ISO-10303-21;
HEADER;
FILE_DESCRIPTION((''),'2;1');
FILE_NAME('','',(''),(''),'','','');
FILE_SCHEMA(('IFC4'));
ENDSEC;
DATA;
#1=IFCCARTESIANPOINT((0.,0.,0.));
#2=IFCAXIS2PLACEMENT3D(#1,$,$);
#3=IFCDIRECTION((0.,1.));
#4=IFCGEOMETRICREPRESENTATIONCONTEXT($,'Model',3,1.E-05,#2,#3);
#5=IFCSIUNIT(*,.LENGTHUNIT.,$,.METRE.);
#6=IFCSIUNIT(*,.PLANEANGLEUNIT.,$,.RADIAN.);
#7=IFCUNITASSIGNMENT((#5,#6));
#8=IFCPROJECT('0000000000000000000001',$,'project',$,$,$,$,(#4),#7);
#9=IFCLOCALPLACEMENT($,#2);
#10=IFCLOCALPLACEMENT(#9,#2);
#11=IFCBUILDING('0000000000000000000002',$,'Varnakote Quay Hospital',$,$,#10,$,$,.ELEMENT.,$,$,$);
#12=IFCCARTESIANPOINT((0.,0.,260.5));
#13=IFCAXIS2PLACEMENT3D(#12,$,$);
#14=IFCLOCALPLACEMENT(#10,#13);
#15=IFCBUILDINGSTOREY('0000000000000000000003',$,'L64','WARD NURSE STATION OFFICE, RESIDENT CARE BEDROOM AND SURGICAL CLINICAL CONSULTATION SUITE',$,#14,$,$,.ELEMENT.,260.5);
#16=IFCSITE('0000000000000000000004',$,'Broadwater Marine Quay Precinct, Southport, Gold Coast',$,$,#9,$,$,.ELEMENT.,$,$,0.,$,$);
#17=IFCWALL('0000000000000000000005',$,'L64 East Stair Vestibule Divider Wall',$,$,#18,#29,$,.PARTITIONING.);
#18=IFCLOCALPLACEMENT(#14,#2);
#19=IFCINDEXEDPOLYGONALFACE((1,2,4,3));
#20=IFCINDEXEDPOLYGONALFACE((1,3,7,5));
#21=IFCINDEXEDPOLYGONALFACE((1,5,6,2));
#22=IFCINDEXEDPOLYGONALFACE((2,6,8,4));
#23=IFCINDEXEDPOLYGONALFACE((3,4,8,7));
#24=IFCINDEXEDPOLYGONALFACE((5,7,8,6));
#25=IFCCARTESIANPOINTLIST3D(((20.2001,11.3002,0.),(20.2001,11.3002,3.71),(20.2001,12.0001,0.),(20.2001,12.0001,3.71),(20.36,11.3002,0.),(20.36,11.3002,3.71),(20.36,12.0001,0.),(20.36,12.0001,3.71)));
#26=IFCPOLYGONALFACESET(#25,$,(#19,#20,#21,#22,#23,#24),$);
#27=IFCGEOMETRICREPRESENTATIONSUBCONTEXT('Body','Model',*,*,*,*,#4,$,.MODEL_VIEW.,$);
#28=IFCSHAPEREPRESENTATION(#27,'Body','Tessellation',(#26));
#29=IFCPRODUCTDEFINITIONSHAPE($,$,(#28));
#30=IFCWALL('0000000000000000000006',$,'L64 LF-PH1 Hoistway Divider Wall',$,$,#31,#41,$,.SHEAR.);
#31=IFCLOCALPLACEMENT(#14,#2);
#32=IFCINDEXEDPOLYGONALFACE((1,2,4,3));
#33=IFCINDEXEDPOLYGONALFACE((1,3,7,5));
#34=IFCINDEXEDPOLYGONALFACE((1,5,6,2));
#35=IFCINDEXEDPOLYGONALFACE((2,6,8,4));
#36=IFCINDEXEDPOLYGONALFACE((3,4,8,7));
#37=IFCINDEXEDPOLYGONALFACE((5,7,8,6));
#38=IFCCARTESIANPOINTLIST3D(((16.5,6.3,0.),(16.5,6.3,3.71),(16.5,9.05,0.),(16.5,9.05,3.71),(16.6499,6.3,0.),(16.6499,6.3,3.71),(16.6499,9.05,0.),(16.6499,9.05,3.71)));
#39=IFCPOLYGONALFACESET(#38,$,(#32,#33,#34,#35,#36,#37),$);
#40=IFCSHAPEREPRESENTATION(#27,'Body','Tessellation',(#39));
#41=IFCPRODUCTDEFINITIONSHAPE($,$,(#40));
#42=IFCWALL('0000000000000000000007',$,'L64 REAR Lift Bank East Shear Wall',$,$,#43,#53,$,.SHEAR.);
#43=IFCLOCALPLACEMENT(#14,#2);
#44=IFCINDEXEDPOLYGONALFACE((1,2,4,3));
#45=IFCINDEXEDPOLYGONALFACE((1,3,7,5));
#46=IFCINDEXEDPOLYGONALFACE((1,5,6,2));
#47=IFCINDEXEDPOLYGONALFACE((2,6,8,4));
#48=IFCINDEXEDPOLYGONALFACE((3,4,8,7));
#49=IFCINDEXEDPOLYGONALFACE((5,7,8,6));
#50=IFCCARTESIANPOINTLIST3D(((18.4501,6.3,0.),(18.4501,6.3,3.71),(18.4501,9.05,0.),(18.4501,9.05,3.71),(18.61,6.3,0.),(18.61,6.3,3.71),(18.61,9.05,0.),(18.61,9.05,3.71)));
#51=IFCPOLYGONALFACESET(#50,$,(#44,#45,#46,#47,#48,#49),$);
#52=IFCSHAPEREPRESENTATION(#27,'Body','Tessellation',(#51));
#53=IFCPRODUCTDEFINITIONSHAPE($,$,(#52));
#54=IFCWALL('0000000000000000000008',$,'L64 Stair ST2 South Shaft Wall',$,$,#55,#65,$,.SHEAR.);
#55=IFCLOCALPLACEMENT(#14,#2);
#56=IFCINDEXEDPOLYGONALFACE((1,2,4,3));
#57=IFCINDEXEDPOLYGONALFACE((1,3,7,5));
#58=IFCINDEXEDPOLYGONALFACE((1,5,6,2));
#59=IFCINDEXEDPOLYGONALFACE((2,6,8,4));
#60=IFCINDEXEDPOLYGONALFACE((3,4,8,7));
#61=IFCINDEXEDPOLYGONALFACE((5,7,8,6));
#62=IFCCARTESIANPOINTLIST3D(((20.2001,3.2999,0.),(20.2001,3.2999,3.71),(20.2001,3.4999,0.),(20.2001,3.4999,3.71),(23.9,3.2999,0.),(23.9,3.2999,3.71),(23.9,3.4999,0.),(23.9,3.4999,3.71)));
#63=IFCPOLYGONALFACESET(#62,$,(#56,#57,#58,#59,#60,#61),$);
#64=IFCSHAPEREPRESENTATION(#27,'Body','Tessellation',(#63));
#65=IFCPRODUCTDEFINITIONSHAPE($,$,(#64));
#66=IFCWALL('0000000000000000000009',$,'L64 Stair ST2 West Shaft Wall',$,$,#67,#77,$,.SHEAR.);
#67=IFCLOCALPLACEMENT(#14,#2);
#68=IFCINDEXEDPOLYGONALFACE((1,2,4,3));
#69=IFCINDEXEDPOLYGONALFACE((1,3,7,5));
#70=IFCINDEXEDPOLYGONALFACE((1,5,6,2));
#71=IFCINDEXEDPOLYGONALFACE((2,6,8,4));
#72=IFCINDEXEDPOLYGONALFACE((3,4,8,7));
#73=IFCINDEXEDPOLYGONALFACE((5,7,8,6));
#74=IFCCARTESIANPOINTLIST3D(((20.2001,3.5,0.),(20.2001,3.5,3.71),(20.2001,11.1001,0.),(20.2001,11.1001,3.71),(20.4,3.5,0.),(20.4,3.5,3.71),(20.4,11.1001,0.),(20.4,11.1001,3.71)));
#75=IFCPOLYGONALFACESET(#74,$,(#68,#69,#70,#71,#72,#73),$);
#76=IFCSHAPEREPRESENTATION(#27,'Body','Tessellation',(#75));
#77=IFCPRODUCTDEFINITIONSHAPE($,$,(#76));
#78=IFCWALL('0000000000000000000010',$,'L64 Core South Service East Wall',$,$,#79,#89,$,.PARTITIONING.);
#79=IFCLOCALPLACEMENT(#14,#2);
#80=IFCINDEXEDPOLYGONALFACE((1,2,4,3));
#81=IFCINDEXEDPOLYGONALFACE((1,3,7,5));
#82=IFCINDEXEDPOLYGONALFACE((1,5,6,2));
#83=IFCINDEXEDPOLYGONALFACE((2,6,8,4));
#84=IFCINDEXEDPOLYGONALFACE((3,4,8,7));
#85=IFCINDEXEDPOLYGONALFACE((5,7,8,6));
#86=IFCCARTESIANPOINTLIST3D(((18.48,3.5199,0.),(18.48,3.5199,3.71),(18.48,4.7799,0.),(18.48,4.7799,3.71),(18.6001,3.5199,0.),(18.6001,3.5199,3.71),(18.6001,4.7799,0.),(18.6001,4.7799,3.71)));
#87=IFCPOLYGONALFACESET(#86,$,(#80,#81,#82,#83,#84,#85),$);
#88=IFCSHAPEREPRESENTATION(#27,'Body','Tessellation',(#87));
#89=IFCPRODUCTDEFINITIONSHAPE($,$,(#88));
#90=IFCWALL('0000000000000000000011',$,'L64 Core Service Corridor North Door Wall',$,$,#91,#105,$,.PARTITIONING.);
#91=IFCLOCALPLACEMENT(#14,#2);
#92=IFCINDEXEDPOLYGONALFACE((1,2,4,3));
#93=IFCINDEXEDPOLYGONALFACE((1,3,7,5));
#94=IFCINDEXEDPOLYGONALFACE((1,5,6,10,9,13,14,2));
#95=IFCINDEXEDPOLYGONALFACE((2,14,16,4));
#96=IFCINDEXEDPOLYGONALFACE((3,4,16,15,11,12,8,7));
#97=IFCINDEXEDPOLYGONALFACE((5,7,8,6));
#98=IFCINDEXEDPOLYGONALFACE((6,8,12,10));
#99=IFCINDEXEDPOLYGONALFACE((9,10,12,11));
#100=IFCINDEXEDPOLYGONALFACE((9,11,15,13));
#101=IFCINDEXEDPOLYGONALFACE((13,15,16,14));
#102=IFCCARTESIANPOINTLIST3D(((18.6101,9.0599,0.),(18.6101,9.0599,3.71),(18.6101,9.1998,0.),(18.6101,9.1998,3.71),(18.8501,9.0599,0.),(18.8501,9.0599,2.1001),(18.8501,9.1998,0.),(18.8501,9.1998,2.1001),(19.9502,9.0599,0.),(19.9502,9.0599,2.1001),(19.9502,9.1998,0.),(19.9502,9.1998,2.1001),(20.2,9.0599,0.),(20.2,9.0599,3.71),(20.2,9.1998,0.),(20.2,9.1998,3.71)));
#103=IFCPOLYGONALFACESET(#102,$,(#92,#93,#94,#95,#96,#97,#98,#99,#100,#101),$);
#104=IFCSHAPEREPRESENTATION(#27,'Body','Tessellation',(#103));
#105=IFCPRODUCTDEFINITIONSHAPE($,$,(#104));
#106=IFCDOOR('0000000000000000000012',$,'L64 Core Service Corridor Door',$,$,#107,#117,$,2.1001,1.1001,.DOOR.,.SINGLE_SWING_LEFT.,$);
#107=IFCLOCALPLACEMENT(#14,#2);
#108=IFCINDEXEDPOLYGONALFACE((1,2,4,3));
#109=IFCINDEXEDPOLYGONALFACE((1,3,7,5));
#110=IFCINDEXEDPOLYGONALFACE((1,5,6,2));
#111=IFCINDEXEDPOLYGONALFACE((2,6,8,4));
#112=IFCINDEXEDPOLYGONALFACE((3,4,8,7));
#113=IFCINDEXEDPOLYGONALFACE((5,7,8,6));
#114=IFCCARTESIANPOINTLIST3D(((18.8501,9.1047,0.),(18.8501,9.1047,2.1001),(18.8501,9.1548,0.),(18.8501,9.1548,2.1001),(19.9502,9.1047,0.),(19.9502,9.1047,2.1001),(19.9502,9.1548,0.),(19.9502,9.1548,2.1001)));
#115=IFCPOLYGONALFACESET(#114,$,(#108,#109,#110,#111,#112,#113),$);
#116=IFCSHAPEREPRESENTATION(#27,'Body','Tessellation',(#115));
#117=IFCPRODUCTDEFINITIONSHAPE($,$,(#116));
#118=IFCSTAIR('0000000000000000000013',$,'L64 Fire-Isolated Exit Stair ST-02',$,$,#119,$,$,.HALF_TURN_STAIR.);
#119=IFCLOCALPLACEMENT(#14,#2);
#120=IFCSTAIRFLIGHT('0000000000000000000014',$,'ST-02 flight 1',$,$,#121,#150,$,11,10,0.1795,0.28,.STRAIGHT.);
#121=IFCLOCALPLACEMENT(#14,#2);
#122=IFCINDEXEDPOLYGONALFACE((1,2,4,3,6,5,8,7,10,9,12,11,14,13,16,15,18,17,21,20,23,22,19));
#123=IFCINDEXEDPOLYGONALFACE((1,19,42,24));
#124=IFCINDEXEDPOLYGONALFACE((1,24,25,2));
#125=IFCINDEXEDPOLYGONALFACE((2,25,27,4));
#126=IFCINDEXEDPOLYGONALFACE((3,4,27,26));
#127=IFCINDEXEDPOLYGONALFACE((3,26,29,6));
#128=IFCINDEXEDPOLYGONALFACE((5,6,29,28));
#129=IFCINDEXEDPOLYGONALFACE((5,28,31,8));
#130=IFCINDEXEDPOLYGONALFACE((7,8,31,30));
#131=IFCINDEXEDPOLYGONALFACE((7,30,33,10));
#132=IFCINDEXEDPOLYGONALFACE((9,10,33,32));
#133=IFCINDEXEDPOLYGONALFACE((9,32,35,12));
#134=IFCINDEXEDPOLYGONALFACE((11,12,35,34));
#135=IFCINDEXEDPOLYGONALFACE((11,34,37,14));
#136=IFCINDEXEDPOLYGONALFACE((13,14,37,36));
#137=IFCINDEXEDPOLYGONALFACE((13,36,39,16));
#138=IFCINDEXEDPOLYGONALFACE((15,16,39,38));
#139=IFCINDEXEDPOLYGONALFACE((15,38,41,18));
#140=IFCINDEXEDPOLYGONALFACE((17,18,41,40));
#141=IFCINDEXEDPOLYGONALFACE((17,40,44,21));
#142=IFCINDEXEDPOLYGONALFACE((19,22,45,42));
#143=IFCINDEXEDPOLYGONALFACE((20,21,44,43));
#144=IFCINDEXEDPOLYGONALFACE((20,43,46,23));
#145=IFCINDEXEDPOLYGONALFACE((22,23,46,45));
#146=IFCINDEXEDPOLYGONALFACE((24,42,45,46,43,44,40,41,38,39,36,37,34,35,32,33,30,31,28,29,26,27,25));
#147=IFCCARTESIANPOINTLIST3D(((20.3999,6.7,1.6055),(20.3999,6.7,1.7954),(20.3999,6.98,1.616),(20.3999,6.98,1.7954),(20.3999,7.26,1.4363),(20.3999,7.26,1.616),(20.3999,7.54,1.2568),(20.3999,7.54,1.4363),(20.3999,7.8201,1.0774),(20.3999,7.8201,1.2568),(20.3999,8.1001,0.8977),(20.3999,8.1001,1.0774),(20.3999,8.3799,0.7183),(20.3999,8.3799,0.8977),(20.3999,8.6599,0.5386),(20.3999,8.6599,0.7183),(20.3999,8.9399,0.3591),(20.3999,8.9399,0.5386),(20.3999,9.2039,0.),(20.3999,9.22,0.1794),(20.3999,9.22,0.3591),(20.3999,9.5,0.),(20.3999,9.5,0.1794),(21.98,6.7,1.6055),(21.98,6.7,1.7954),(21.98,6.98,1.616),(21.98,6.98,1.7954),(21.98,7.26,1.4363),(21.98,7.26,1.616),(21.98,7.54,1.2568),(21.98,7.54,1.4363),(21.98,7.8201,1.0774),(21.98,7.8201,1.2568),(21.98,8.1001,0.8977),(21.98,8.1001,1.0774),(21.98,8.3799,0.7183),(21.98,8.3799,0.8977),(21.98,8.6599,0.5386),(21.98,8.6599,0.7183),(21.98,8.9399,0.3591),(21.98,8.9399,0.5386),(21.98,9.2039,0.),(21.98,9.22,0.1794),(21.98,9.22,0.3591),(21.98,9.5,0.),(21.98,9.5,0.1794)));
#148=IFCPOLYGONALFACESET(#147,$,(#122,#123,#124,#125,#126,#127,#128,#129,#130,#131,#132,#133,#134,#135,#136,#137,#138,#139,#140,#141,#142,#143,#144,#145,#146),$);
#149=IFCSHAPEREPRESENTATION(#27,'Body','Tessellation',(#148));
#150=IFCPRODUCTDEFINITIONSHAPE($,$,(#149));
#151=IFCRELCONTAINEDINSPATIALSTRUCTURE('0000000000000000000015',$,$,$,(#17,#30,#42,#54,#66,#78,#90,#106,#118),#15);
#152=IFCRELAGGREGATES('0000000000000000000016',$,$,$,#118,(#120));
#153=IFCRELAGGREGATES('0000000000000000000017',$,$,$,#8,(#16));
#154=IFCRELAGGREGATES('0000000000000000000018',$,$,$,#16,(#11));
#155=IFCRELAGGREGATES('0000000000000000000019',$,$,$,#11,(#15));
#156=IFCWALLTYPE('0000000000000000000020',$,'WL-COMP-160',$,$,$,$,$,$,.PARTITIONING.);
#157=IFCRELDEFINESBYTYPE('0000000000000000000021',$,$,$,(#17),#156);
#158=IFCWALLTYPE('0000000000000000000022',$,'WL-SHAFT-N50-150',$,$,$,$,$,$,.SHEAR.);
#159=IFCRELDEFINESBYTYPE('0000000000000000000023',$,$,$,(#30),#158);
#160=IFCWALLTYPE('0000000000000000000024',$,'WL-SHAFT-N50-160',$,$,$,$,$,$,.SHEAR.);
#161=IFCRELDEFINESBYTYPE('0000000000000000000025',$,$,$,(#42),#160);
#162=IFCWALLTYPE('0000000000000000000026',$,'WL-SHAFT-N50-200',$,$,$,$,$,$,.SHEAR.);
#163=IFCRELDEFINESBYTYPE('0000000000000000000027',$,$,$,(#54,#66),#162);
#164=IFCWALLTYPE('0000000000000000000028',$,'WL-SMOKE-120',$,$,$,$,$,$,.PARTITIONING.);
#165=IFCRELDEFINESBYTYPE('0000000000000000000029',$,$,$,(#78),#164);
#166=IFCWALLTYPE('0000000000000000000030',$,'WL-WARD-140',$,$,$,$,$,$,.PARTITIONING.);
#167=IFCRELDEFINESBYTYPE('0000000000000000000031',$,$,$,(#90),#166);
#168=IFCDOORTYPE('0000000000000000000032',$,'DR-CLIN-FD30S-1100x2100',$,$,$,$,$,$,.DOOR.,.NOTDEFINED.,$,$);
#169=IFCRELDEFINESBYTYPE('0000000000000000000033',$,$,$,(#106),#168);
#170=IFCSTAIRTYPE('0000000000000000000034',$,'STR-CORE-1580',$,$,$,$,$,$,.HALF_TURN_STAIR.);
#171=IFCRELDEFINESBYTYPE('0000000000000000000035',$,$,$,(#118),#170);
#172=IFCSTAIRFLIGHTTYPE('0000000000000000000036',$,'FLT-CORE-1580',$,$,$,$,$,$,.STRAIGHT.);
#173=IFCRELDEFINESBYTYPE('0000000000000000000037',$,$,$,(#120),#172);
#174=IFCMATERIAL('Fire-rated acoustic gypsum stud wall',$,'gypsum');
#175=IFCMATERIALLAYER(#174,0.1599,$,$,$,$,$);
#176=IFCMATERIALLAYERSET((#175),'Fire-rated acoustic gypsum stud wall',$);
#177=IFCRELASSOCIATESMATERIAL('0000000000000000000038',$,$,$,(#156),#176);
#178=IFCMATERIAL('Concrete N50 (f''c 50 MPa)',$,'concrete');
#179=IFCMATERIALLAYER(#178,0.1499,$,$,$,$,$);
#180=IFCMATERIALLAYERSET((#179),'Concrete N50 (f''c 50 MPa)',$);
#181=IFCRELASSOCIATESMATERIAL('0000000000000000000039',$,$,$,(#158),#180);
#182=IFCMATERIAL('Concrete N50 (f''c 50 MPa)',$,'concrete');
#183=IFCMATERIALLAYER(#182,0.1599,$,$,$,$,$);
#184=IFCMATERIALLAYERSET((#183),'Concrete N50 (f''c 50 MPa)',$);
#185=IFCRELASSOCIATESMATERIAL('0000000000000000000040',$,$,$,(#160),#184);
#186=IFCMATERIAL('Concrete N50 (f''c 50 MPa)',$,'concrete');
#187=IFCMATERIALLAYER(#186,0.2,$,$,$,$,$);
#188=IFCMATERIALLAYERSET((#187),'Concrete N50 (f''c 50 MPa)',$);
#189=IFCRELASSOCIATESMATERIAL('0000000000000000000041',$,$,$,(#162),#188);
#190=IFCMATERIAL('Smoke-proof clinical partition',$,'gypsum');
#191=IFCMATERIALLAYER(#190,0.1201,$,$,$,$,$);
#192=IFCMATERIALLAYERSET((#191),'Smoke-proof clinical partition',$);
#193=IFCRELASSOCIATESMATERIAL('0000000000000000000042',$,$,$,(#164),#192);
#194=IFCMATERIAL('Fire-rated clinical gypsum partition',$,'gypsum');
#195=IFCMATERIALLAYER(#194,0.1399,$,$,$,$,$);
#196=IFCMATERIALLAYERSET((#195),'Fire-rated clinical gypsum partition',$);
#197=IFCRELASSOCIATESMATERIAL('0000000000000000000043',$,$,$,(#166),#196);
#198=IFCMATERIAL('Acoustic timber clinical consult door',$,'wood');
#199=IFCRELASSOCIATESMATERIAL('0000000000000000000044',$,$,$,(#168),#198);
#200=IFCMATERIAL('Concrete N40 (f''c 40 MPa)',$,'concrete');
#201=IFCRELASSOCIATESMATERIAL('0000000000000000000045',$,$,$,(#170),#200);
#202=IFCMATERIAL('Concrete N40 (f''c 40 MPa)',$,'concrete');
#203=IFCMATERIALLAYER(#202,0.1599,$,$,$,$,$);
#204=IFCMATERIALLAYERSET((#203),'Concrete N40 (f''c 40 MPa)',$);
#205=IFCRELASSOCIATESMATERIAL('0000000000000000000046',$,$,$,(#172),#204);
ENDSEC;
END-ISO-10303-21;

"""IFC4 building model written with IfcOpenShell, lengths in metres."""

from ifc_helpers import new_model, si_unit, direction, frame, frame_2d, origin, place, context, subcontext, project, spatial, polyline, rectangle, outline, extrude, material, layer, layer_set, type_object, element, fill, aggregate, save


model = new_model("IFC4")

# Units and contexts
model_context = context("Model", 3, precision=1e-05, world=origin(), true_north=direction((0.0, 1.0)))
body_context = subcontext(model_context, "Body", "Model", "MODEL_VIEW")
ifc_project = project(units=[si_unit("LENGTHUNIT", "METRE"), si_unit("PLANEANGLEUNIT", "RADIAN")], contexts=[model_context])

# Site, building, storey
site_placement = place(None, origin())
site = spatial("IfcSite", under=ifc_project, at=site_placement, Name="Broadwater Marine Quay Precinct, Southport, Gold Coast", CompositionType="ELEMENT", RefElevation=0.0)
building_placement = place(site_placement, origin())
building = spatial("IfcBuilding", under=site, at=building_placement, Name="Varnakote Quay Hospital", CompositionType="ELEMENT")
storey_placement = place(building_placement, frame((0.0, 0.0, 260.5)))
storey = spatial("IfcBuildingStorey", under=building, at=storey_placement, Name="L64", Description="WARD NURSE STATION OFFICE, RESIDENT CARE BEDROOM AND SURGICAL CLINICAL CONSULTATION SUITE", CompositionType="ELEMENT", Elevation=260.5)

# Walls
ifc_material_1 = material(Name="Fire-rated acoustic gypsum stud wall", Category="gypsum")
ifc_layer_1 = layer(ifc_material_1, 0.1599)
ifc_layer_set_1 = layer_set([ifc_layer_1], Name="Fire-rated acoustic gypsum stud wall")
wall_type_1 = type_object("IfcWallType", Name="WL-COMP-160", PredefinedType="PARTITIONING", material=ifc_layer_set_1)
wall_1_placement = place(storey_placement, frame((20.28, 11.3, 0.0), z_axis=(0.0, 0.0, 1.0), x_axis=(0.0, 1.0, 0.0)))
element("IfcWall", 1, at=wall_1_placement, inside=storey, type_object=wall_type_1, Name="L64 East Stair Vestibule Divider Wall", PredefinedType="PARTITIONING", context=body_context, shape_type="SweptSolid", body=[
    extrude(rectangle(XDim=0.7, YDim=0.1599, at=frame_2d((0.3501, 0.0))), origin(), (0.0, 0.0, 1.0), 3.71),
])
ifc_material_2 = material(Name="Concrete N50 (f'c 50 MPa)", Category="concrete")
ifc_layer_2 = layer(ifc_material_2, 0.1499)
ifc_layer_set_2 = layer_set([ifc_layer_2], Name="Concrete N50 (f'c 50 MPa)")
wall_type_2 = type_object("IfcWallType", Name="WL-SHAFT-N50-150", PredefinedType="SHEAR", material=ifc_layer_set_2)
wall_2_placement = place(storey_placement, frame((16.575, 6.3, 0.0), z_axis=(0.0, 0.0, 1.0), x_axis=(0.0, 1.0, 0.0)))
element("IfcWall", 2, at=wall_2_placement, inside=storey, type_object=wall_type_2, Name="L64 LF-PH1 Hoistway Divider Wall", PredefinedType="SHEAR", context=body_context, shape_type="SweptSolid", body=[
    extrude(rectangle(XDim=2.75, YDim=0.1499, at=frame_2d((1.375, 0.0))), origin(), (0.0, 0.0, 1.0), 3.71),
])
ifc_material_3 = material(Name="Concrete N50 (f'c 50 MPa)", Category="concrete")
ifc_layer_3 = layer(ifc_material_3, 0.1599)
ifc_layer_set_3 = layer_set([ifc_layer_3], Name="Concrete N50 (f'c 50 MPa)")
wall_type_3 = type_object("IfcWallType", Name="WL-SHAFT-N50-160", PredefinedType="SHEAR", material=ifc_layer_set_3)
wall_3_placement = place(storey_placement, frame((18.53, 6.3, 0.0), z_axis=(0.0, 0.0, 1.0), x_axis=(0.0, 1.0, 0.0)))
element("IfcWall", 3, at=wall_3_placement, inside=storey, type_object=wall_type_3, Name="L64 REAR Lift Bank East Shear Wall", PredefinedType="SHEAR", context=body_context, shape_type="SweptSolid", body=[
    extrude(rectangle(XDim=2.75, YDim=0.1599, at=frame_2d((1.375, 0.0))), origin(), (0.0, 0.0, 1.0), 3.71),
])

# Walls
ifc_material_4 = material(Name="Concrete N50 (f'c 50 MPa)", Category="concrete")
ifc_layer_4 = layer(ifc_material_4, 0.2)
ifc_layer_set_4 = layer_set([ifc_layer_4], Name="Concrete N50 (f'c 50 MPa)")
wall_type_4 = type_object("IfcWallType", Name="WL-SHAFT-N50-200", PredefinedType="SHEAR", material=ifc_layer_set_4)
wall_4_placement = place(storey_placement, frame((20.2, 3.3999, 0.0), z_axis=(0.0, 0.0, 1.0), x_axis=(1.0, 0.0, 0.0)))
element("IfcWall", 4, at=wall_4_placement, inside=storey, type_object=wall_type_4, Name="L64 Stair ST2 South Shaft Wall", PredefinedType="SHEAR", context=body_context, shape_type="SweptSolid", body=[
    extrude(rectangle(XDim=3.7, YDim=0.2, at=frame_2d((1.8501, 0.0))), origin(), (0.0, 0.0, 1.0), 3.71),
])
wall_5_placement = place(storey_placement, frame((20.3, 3.5, 0.0), z_axis=(0.0, 0.0, 1.0), x_axis=(0.0, 1.0, 0.0)))
element("IfcWall", 5, at=wall_5_placement, inside=storey, type_object=wall_type_4, Name="L64 Stair ST2 West Shaft Wall", PredefinedType="SHEAR", context=body_context, shape_type="SweptSolid", body=[
    extrude(rectangle(XDim=7.6001, YDim=0.2, at=frame_2d((3.8, 0.0))), origin(), (0.0, 0.0, 1.0), 3.71),
])

# Wall
ifc_material_5 = material(Name="Smoke-proof clinical partition", Category="gypsum")
ifc_layer_5 = layer(ifc_material_5, 0.1201)
ifc_layer_set_5 = layer_set([ifc_layer_5], Name="Smoke-proof clinical partition")
wall_type_5 = type_object("IfcWallType", Name="WL-SMOKE-120", PredefinedType="PARTITIONING", material=ifc_layer_set_5)
wall_6_placement = place(storey_placement, frame((18.54, 3.52, 0.0), z_axis=(0.0, 0.0, 1.0), x_axis=(0.0, 1.0, 0.0)))
element("IfcWall", 6, at=wall_6_placement, inside=storey, type_object=wall_type_5, Name="L64 Core South Service East Wall", PredefinedType="PARTITIONING", context=body_context, shape_type="SweptSolid", body=[
    extrude(rectangle(XDim=1.26, YDim=0.1201, at=frame_2d((0.6299, 0.0))), origin(), (0.0, 0.0, 1.0), 3.71),
])

# Wall, opening, door
ifc_material_6 = material(Name="Fire-rated clinical gypsum partition", Category="gypsum")
ifc_layer_6 = layer(ifc_material_6, 0.1399)
ifc_layer_set_6 = layer_set([ifc_layer_6], Name="Fire-rated clinical gypsum partition")
wall_type_6 = type_object("IfcWallType", Name="WL-WARD-140", PredefinedType="PARTITIONING", material=ifc_layer_set_6)
wall_7_placement = place(storey_placement, frame((18.6101, 9.1299, 0.0), z_axis=(0.0, 0.0, 1.0), x_axis=(1.0, 0.0, 0.0)))
wall_7 = element("IfcWall", 7, at=wall_7_placement, inside=storey, type_object=wall_type_6, Name="L64 Core Service Corridor North Door Wall", PredefinedType="PARTITIONING", context=body_context, shape_type="SweptSolid", body=[
    extrude(rectangle(XDim=1.5898, YDim=0.1399, at=frame_2d((0.7949, 0.0))), origin(), (0.0, 0.0, 1.0), 3.71),
])
opening_1_placement = place(wall_7_placement, frame((0.24, 0.0, 0.0)))
opening_1 = element("IfcOpeningElement", 8, at=opening_1_placement, cuts=wall_7, PredefinedType="OPENING", context=body_context, shape_type="SweptSolid", body=[
    extrude(rectangle(XDim=1.1001, YDim=2.1001, at=frame_2d((0.55, 1.05))), frame((0.0, 0.0798, 0.0), z_axis=(0.0, -1.0, 0.0), x_axis=(1.0, 0.0, 0.0)), (0.0, 0.0, 1.0), 0.1599),
])
ifc_material_7 = material(Name="Acoustic timber clinical consult door", Category="wood")
door_type_1 = type_object("IfcDoorType", Name="DR-CLIN-FD30S-1100x2100", OperationType="NOTDEFINED", PredefinedType="DOOR", material=ifc_material_7)
door_1_placement = place(opening_1_placement, origin())
door_1 = element("IfcDoor", 9, at=door_1_placement, inside=storey, type_object=door_type_1, Name="L64 Core Service Corridor Door", OperationType="SINGLE_SWING_LEFT", OverallHeight=2.1001, OverallWidth=1.1001, PredefinedType="DOOR", context=body_context, shape_type="SweptSolid", body=[
    extrude(rectangle(XDim=1.1001, YDim=2.1001, at=frame_2d((0.55, 1.05))), frame((0.0, 0.0249, 0.0), z_axis=(0.0, -1.0, 0.0), x_axis=(1.0, 0.0, 0.0)), (0.0, 0.0, 1.0), 0.05),
])
fill(opening_1, door_1)

# Stair, stair flight
ifc_material_8 = material(Name="Concrete N40 (f'c 40 MPa)", Category="concrete")
stair_type = type_object("IfcStairType", Name="STR-CORE-1580", PredefinedType="HALF_TURN_STAIR", material=ifc_material_8)
stair_placement = place(storey_placement, origin())
stair = element("IfcStair", 10, at=stair_placement, inside=storey, type_object=stair_type, Name="L64 Fire-Isolated Exit Stair ST-02", PredefinedType="HALF_TURN_STAIR")
ifc_material_9 = material(Name="Concrete N40 (f'c 40 MPa)", Category="concrete")
ifc_layer_7 = layer(ifc_material_9, 0.1599)
ifc_layer_set_7 = layer_set([ifc_layer_7], Name="Concrete N40 (f'c 40 MPa)")
stair_flight_type = type_object("IfcStairFlightType", Name="FLT-CORE-1580", PredefinedType="STRAIGHT", material=ifc_layer_set_7)
stair_flight_1_placement = place(storey_placement, frame((21.1899, 9.5, 0.0), z_axis=(0.0, 0.0, 1.0), x_axis=(0.0, -1.0, 0.0)))
stair_flight_1 = element("IfcStairFlight", 11, at=stair_flight_1_placement, type_object=stair_flight_type, Name="ST-02 flight 1", NumberOfRisers=11, NumberOfTreads=10, PredefinedType="STRAIGHT", RiserHeight=0.1795, TreadLength=0.28, context=body_context, shape_type="SweptSolid", body=[
    extrude(outline(polyline([(0.0, 0.0), (0.0, 0.1794), (0.28, 0.1794), (0.28, 0.3591), (0.5601, 0.3591), (0.5601, 0.5386), (0.8401, 0.5386), (0.8401, 0.7183), (1.1201, 0.7183), (1.1201, 0.8977), (1.3999, 0.8977), (1.3999, 1.0774), (1.6799, 1.0774), (1.6799, 1.2568), (1.96, 1.2568), (1.96, 1.4363), (2.24, 1.4363), (2.24, 1.616), (2.52, 1.616), (2.52, 1.7954), (2.8, 1.7954), (2.8, 1.9751), (2.8, 1.6055), (0.2961, 0.0), (0.0, 0.0)])), frame((0.0, 0.79, 0.0), z_axis=(0.0, -1.0, 0.0), x_axis=(1.0, 0.0, 0.0)), (0.0, 0.0, 1.0), 1.5801),
])
aggregate(stair, [stair_flight_1])

save(model, "model.ifc")
